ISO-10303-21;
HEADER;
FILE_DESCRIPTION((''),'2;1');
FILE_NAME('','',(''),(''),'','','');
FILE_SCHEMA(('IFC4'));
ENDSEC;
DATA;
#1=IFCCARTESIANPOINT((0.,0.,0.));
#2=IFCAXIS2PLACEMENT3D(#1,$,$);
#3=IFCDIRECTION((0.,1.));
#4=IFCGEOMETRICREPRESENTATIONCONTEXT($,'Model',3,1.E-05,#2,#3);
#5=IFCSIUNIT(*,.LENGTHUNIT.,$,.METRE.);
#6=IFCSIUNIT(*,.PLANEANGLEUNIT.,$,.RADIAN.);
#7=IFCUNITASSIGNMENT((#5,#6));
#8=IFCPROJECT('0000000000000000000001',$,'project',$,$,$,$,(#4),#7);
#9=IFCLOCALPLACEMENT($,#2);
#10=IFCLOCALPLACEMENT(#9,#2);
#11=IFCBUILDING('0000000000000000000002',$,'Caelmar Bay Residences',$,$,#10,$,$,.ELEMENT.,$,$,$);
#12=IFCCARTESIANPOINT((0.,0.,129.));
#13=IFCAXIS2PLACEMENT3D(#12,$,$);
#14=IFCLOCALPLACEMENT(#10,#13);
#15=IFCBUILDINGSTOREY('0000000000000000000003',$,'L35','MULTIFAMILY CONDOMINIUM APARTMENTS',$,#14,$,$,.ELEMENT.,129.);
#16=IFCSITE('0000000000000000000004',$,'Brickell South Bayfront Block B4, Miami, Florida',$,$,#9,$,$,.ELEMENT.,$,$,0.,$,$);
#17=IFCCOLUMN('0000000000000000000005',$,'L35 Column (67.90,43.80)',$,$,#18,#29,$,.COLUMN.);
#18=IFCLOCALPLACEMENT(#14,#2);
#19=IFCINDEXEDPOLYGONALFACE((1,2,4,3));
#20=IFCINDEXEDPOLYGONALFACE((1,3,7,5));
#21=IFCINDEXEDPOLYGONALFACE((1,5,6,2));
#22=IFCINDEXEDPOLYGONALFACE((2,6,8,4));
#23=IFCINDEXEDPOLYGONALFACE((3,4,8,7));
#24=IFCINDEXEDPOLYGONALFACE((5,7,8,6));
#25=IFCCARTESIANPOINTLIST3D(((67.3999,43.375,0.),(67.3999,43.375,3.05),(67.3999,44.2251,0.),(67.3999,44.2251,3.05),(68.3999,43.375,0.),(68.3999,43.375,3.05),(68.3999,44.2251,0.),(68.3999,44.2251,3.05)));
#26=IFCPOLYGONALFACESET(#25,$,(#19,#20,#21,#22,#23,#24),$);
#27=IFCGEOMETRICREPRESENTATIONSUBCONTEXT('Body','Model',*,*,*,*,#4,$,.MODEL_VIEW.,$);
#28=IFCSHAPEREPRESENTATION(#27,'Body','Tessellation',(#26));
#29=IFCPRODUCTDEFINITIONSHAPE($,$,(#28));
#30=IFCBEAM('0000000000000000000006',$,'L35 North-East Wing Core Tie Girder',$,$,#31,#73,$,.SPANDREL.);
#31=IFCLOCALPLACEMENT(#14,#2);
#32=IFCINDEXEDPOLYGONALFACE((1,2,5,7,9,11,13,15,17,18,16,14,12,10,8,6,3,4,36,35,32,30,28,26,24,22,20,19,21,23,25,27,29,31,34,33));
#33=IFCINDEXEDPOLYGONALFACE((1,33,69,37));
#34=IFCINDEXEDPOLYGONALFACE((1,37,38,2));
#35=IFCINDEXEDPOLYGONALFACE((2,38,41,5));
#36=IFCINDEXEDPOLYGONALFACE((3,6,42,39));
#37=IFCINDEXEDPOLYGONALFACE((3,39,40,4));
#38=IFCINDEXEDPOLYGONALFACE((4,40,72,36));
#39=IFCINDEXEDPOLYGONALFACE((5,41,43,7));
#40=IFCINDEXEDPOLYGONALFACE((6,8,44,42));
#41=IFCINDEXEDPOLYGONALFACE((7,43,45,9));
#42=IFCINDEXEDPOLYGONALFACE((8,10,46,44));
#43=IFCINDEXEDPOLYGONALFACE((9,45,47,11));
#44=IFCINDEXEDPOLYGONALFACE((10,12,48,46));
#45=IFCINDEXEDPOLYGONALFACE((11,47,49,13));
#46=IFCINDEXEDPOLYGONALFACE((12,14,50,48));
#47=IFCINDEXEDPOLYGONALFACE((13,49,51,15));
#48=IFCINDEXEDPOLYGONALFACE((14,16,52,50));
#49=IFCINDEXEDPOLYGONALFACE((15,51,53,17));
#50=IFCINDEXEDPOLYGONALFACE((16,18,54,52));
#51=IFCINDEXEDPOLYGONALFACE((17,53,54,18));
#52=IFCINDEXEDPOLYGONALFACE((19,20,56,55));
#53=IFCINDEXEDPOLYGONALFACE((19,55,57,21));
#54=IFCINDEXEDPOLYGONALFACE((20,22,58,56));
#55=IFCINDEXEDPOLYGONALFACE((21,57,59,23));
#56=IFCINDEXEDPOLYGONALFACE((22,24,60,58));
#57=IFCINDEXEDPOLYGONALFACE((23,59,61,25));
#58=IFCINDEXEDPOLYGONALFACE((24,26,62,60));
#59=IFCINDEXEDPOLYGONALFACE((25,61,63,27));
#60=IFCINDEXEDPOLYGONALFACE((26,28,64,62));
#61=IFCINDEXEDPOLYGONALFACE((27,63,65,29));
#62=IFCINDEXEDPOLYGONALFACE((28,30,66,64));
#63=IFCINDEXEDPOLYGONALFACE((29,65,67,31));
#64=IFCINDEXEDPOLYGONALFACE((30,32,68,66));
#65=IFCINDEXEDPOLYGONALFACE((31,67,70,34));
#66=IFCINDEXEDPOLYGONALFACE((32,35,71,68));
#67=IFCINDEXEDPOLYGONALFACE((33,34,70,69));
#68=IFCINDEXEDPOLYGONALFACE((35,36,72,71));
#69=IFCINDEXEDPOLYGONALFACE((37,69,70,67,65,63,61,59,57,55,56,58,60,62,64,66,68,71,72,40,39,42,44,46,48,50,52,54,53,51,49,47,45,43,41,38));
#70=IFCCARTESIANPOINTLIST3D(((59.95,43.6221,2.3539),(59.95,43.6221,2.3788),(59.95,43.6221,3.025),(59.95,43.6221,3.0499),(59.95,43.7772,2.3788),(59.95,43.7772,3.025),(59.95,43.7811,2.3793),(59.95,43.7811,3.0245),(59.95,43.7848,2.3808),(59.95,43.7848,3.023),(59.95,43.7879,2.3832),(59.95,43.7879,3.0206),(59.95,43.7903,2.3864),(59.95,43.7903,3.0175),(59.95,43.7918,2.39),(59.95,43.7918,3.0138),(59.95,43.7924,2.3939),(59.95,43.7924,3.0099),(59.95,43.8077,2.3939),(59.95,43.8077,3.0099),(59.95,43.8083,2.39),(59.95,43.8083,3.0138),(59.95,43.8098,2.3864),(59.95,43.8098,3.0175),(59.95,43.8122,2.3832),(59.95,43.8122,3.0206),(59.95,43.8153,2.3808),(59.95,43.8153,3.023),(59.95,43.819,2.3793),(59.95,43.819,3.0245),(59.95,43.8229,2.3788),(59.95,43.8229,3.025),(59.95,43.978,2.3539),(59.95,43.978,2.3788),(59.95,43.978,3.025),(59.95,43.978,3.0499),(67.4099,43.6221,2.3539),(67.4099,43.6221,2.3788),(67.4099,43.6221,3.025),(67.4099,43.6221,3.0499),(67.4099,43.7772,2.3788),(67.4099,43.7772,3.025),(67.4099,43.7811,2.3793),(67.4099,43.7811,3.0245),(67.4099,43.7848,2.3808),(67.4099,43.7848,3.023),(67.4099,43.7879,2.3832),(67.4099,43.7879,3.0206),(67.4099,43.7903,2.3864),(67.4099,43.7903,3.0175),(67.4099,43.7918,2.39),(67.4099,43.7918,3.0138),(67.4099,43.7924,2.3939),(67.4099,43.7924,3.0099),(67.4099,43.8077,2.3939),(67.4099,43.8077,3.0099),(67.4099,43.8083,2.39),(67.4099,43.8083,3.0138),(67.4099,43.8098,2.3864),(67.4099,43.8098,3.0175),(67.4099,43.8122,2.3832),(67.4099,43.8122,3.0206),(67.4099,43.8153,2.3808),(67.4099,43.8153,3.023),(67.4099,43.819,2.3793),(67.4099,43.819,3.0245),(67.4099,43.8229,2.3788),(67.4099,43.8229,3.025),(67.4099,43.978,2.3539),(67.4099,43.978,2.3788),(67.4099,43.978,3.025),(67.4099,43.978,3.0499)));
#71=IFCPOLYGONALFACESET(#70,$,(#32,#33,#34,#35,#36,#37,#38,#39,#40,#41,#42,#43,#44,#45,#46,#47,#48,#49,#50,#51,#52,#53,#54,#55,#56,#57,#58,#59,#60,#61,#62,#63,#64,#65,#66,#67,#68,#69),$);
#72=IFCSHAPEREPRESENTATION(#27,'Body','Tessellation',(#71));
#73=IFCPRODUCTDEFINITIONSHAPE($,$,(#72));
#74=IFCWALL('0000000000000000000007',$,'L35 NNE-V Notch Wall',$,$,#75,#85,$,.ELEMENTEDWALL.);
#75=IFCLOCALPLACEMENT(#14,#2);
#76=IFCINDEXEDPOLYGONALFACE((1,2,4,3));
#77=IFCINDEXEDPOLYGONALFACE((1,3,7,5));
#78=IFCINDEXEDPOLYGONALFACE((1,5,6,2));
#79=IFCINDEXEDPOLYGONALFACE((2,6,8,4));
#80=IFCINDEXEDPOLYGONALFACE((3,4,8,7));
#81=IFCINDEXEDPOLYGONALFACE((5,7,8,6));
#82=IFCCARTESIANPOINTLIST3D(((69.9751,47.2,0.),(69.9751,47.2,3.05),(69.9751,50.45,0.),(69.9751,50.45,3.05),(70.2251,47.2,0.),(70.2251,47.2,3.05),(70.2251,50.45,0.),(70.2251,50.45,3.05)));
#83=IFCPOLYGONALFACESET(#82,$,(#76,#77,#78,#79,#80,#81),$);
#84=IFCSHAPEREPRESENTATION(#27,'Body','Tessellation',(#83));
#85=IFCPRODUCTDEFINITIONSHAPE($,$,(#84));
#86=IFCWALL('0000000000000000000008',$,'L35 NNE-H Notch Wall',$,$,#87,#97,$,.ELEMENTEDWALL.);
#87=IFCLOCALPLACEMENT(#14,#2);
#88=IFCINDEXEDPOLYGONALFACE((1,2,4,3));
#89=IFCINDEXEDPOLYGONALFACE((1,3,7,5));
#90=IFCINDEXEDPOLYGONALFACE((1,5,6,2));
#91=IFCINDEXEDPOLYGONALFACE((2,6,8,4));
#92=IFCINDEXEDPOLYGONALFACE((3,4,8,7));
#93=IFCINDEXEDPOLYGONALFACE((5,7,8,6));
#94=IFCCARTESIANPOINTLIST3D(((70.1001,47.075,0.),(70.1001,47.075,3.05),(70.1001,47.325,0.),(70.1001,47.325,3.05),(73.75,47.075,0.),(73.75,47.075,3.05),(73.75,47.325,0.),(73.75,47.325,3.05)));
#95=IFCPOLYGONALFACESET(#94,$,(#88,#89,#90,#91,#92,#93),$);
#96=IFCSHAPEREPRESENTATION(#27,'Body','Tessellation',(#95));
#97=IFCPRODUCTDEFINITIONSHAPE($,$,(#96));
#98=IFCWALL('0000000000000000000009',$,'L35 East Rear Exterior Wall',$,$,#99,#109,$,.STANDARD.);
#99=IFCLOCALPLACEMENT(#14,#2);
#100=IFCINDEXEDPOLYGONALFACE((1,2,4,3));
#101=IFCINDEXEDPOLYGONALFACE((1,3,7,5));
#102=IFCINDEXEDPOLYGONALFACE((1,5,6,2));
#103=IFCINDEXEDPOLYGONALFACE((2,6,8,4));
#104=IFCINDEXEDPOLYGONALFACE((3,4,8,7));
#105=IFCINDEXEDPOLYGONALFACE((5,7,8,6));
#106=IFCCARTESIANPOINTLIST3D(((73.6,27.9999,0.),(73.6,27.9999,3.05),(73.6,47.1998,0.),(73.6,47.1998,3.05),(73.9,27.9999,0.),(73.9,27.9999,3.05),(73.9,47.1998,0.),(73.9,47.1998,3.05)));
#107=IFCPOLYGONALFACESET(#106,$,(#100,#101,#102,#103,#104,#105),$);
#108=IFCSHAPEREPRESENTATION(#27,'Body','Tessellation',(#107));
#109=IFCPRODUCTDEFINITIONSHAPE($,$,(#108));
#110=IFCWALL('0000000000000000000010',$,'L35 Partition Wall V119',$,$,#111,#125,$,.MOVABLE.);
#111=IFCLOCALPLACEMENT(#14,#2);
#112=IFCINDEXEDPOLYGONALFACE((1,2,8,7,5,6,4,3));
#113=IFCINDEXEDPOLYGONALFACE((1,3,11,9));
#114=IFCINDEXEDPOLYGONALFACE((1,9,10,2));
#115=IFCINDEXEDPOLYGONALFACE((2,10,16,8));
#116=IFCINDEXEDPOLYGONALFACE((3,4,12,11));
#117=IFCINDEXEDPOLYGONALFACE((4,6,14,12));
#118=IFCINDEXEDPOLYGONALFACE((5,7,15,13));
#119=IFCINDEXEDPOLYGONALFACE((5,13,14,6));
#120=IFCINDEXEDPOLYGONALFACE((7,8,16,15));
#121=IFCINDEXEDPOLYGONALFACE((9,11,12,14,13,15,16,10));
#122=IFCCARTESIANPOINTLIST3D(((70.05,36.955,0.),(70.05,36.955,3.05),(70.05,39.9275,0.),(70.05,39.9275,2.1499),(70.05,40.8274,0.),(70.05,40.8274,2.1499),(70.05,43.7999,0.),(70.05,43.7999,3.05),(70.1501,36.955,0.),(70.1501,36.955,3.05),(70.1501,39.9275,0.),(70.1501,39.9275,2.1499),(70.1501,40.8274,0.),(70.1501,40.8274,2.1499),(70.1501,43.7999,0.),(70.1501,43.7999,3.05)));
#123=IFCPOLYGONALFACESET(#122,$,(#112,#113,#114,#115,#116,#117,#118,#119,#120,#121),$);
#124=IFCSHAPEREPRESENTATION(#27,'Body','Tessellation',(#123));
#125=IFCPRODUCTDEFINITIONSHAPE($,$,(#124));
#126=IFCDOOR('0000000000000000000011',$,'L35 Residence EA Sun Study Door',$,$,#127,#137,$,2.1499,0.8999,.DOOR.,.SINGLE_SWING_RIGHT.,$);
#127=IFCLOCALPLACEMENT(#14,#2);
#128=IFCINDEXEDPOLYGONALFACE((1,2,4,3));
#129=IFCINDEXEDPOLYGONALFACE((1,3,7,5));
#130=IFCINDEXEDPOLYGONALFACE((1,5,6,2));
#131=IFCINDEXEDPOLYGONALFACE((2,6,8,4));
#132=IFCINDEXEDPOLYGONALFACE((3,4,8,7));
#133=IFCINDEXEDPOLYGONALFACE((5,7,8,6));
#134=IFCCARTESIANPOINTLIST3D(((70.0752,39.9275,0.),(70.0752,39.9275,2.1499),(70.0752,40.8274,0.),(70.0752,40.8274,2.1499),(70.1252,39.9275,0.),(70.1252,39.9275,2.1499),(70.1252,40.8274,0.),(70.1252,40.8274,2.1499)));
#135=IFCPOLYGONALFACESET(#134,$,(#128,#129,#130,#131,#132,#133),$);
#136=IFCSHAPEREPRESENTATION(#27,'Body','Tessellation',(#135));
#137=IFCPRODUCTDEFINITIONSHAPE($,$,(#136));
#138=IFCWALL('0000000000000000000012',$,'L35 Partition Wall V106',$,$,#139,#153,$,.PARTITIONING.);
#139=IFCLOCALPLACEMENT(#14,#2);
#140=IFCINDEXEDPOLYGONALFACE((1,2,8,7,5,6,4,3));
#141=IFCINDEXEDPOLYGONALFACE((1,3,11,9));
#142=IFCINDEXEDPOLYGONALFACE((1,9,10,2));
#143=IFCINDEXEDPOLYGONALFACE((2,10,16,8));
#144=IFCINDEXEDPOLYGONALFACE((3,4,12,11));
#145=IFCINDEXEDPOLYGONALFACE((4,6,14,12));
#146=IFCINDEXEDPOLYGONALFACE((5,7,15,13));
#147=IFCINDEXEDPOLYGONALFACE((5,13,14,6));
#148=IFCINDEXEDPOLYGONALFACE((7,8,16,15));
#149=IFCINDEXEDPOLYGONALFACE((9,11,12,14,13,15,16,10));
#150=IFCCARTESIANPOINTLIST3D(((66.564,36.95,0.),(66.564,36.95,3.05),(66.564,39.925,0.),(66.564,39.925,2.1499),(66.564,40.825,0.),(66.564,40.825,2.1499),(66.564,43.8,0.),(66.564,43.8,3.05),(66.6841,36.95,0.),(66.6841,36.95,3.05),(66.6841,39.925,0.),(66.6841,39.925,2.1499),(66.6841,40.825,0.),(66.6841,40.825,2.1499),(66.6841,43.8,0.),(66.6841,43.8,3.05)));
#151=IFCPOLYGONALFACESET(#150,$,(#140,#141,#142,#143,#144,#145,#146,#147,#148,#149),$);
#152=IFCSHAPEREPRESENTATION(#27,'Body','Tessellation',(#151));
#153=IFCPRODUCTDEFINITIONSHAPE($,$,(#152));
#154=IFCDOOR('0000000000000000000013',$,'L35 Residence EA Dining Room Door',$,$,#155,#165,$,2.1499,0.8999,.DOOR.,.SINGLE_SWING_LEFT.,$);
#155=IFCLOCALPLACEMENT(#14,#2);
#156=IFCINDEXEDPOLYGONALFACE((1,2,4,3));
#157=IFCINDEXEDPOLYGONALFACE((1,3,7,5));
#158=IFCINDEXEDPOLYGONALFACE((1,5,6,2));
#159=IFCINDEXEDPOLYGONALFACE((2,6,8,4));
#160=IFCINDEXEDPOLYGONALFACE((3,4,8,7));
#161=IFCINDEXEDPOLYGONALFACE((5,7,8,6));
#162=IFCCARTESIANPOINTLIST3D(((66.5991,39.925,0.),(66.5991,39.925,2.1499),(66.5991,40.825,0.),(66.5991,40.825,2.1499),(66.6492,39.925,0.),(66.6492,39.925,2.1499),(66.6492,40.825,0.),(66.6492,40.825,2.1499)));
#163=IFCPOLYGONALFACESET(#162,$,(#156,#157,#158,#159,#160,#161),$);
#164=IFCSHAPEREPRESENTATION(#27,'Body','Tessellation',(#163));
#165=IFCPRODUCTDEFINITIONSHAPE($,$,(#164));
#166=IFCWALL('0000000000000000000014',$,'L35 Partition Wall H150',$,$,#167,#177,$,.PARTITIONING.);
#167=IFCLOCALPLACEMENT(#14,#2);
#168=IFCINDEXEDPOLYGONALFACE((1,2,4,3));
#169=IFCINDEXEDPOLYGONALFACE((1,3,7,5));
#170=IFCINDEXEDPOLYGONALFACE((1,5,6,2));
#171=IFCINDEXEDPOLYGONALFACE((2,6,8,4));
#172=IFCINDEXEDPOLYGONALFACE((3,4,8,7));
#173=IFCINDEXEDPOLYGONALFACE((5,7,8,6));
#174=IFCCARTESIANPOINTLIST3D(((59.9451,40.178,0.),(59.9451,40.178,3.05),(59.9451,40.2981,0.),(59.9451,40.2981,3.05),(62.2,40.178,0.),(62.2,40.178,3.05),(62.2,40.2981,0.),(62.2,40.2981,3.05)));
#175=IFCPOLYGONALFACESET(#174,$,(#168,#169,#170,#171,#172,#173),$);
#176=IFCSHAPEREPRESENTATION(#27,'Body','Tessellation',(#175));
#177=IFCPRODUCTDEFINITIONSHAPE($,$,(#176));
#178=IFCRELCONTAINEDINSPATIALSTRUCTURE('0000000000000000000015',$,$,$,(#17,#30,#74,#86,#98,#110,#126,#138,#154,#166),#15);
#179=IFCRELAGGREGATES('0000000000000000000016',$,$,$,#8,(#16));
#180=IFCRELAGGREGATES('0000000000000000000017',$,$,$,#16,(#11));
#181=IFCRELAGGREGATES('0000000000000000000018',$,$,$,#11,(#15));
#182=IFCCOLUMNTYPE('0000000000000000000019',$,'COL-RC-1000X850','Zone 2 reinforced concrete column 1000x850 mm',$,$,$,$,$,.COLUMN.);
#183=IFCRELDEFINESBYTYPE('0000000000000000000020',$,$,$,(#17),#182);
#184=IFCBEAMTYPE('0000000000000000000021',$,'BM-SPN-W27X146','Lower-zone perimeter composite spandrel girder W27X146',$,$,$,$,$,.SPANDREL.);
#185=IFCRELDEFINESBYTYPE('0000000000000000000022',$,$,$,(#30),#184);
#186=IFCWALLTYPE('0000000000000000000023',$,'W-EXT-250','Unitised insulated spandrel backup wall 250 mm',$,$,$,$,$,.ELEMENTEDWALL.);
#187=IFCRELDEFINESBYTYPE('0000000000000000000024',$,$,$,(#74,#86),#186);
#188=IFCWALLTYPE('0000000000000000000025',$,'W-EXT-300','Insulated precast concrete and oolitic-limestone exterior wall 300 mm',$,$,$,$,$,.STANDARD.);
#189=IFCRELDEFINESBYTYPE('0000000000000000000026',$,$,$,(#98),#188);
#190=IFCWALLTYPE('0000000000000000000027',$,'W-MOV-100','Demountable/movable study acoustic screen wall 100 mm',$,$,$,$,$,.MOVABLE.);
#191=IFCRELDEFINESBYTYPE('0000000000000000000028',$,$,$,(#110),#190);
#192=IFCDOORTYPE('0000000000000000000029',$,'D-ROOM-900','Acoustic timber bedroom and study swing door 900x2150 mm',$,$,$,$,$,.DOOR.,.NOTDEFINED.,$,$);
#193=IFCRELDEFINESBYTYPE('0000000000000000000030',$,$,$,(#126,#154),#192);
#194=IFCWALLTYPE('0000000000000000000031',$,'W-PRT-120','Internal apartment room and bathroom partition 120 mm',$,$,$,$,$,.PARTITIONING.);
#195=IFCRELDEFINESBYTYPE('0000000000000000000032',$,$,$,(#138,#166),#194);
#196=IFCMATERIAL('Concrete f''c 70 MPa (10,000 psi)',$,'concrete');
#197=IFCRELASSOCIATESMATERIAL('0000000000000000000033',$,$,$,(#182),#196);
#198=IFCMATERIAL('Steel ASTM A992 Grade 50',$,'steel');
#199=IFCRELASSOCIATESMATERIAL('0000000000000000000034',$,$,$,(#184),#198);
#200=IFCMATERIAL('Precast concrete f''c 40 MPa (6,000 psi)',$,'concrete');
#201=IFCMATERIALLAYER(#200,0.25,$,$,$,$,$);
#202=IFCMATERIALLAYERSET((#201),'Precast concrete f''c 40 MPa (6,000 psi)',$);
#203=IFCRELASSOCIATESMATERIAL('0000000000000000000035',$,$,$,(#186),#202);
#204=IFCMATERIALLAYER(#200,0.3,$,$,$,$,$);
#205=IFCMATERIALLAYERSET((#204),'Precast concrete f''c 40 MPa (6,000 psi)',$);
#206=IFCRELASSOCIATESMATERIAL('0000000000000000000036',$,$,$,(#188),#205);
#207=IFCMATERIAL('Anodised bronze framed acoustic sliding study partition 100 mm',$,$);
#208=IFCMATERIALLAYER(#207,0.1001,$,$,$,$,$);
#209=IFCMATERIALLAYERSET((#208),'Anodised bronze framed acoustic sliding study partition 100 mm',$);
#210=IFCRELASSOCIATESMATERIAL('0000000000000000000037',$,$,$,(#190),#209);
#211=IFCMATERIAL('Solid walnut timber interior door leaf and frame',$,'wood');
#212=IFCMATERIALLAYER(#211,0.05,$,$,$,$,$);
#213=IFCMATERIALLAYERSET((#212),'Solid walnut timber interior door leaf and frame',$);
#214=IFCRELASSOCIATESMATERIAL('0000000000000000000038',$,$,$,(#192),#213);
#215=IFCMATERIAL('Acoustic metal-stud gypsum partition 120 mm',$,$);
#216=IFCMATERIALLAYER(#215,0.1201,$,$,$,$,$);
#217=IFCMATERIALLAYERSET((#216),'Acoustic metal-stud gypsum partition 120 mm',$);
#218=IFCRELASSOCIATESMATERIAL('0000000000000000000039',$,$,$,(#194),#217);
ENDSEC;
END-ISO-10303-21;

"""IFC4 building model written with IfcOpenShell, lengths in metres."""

from ifc_helpers import new_model, si_unit, direction, frame, frame_2d, origin, origin_2d, place, context, subcontext, project, spatial, rectangle, i_section, extrude, material, layer, layer_set, material_profile, profile_set, type_object, element, fill, save


model = new_model("IFC4")

# Units and contexts
model_context = context("Model", 3, precision=1e-05, world=origin(), true_north=direction((0.0, 1.0)))
body_context = subcontext(model_context, "Body", "Model", "MODEL_VIEW")
ifc_project = project(units=[si_unit("LENGTHUNIT", "METRE"), si_unit("PLANEANGLEUNIT", "RADIAN")], contexts=[model_context])

# Site, building, storey
site_placement = place(None, origin())
site = spatial("IfcSite", under=ifc_project, at=site_placement, Name="Brickell South Bayfront Block B4, Miami, Florida", CompositionType="ELEMENT", RefElevation=0.0)
building_placement = place(site_placement, origin())
building = spatial("IfcBuilding", under=site, at=building_placement, Name="Caelmar Bay Residences", CompositionType="ELEMENT")
storey_placement = place(building_placement, frame((0.0, 0.0, 129.0)))
storey = spatial("IfcBuildingStorey", under=building, at=storey_placement, Name="L35", Description="MULTIFAMILY CONDOMINIUM APARTMENTS", CompositionType="ELEMENT", Elevation=129.0)

# Column
ifc_material_1 = material(Name="Concrete f'c 70 MPa (10,000 psi)", Category="concrete")
ifc_material_profile_1 = material_profile(ifc_material_1, rectangle(XDim=1.0, YDim=0.8501, at=origin_2d()), Name="RC-COL-1000X850")
ifc_profile_set_1 = profile_set([ifc_material_profile_1], Name="Concrete f'c 70 MPa (10,000 psi)")
column_type = type_object("IfcColumnType", Name="COL-RC-1000X850", Description="Zone 2 reinforced concrete column 1000x850 mm", PredefinedType="COLUMN", material=ifc_profile_set_1)
column_placement = place(storey_placement, frame((67.8999, 43.8, 0.0), z_axis=(0.0, 0.0, 1.0), x_axis=(1.0, 0.0, 0.0)))
element("IfcColumn", 1, at=column_placement, inside=storey, type_object=column_type, Name="L35 Column (67.90,43.80)", PredefinedType="COLUMN", context=body_context, shape_type="SweptSolid", body=[
    extrude(rectangle(XDim=1.0, YDim=0.8501, at=origin_2d()), origin(), (0.0, 0.0, 1.0), 3.05),
])

# Beam
ifc_material_2 = material(Name="Steel ASTM A992 Grade 50", Category="steel")
ifc_material_profile_2 = material_profile(ifc_material_2, i_section(OverallWidth=0.356, OverallDepth=0.696, WebThickness=0.0154, FlangeThickness=0.0249, FilletRadius=0.0151, at=origin_2d()), Name="W27X146")
ifc_profile_set_2 = profile_set([ifc_material_profile_2], Name="Steel ASTM A992 Grade 50")
beam_type = type_object("IfcBeamType", Name="BM-SPN-W27X146", Description="Lower-zone perimeter composite spandrel girder W27X146", PredefinedType="SPANDREL", material=ifc_profile_set_2)
beam_placement = place(storey_placement, frame((59.95, 43.8, 2.7019), z_axis=(1.0, 0.0, 0.0), x_axis=(0.0, 1.0, 0.0)))
element("IfcBeam", 2, at=beam_placement, inside=storey, type_object=beam_type, Name="L35 North-East Wing Core Tie Girder", PredefinedType="SPANDREL", context=body_context, shape_type="SweptSolid", body=[
    extrude(i_section(OverallWidth=0.356, OverallDepth=0.696, WebThickness=0.0154, FlangeThickness=0.0249, FilletRadius=0.0151, at=origin_2d()), origin(), (0.0, 0.0, 1.0), 7.46),
])

# Walls
ifc_material_3 = material(Name="Precast concrete f'c 40 MPa (6,000 psi)", Category="concrete")
ifc_layer_1 = layer(ifc_material_3, 0.25)
ifc_layer_set_1 = layer_set([ifc_layer_1], Name="Precast concrete f'c 40 MPa (6,000 psi)")
wall_type_1 = type_object("IfcWallType", Name="W-EXT-250", Description="Unitised insulated spandrel backup wall 250 mm", PredefinedType="ELEMENTEDWALL", material=ifc_layer_set_1)
wall_1_placement = place(storey_placement, frame((70.1001, 50.45, 0.0), z_axis=(0.0, 0.0, 1.0), x_axis=(0.0, -1.0, 0.0)))
element("IfcWall", 3, at=wall_1_placement, inside=storey, type_object=wall_type_1, Name="L35 NNE-V Notch Wall", PredefinedType="ELEMENTEDWALL", context=body_context, shape_type="SweptSolid", body=[
    extrude(rectangle(XDim=3.25, YDim=0.25, at=frame_2d((1.625, 0.0))), origin(), (0.0, 0.0, 1.0), 3.05),
])
wall_2_placement = place(storey_placement, frame((70.1001, 47.2, 0.0), z_axis=(0.0, 0.0, 1.0), x_axis=(1.0, 0.0, 0.0)))
element("IfcWall", 4, at=wall_2_placement, inside=storey, type_object=wall_type_1, Name="L35 NNE-H Notch Wall", PredefinedType="ELEMENTEDWALL", context=body_context, shape_type="SweptSolid", body=[
    extrude(rectangle(XDim=3.6499, YDim=0.25, at=frame_2d((1.825, 0.0))), origin(), (0.0, 0.0, 1.0), 3.05),
])
ifc_layer_2 = layer(ifc_material_3, 0.3)
ifc_layer_set_2 = layer_set([ifc_layer_2], Name="Precast concrete f'c 40 MPa (6,000 psi)")
wall_type_2 = type_object("IfcWallType", Name="W-EXT-300", Description="Insulated precast concrete and oolitic-limestone exterior wall 300 mm", PredefinedType="STANDARD", material=ifc_layer_set_2)
wall_3_placement = place(storey_placement, frame((73.75, 47.2, 0.0), z_axis=(0.0, 0.0, 1.0), x_axis=(0.0, -1.0, 0.0)))
element("IfcWall", 5, at=wall_3_placement, inside=storey, type_object=wall_type_2, Name="L35 East Rear Exterior Wall", PredefinedType="STANDARD", context=body_context, shape_type="SweptSolid", body=[
    extrude(rectangle(XDim=19.2, YDim=0.3, at=frame_2d((9.6001, 0.0))), origin(), (0.0, 0.0, 1.0), 3.05),
])

# Walls, openings, doors
ifc_material_4 = material(Name="Anodised bronze framed acoustic sliding study partition 100 mm")
ifc_layer_3 = layer(ifc_material_4, 0.1001)
ifc_layer_set_3 = layer_set([ifc_layer_3], Name="Anodised bronze framed acoustic sliding study partition 100 mm")
wall_type_3 = type_object("IfcWallType", Name="W-MOV-100", Description="Demountable/movable study acoustic screen wall 100 mm", PredefinedType="MOVABLE", material=ifc_layer_set_3)
wall_4_placement = place(storey_placement, frame((70.1001, 36.9551, 0.0), z_axis=(0.0, 0.0, 1.0), x_axis=(0.0, 1.0, 0.0)))
wall_4 = element("IfcWall", 6, at=wall_4_placement, inside=storey, type_object=wall_type_3, Name="L35 Partition Wall V119", PredefinedType="MOVABLE", context=body_context, shape_type="SweptSolid", body=[
    extrude(rectangle(XDim=6.845, YDim=0.1001, at=frame_2d((3.4224, 0.0))), origin(), (0.0, 0.0, 1.0), 3.05),
])
opening_1_placement = place(wall_4_placement, frame((2.9724, 0.0, 0.0)))
opening_1 = element("IfcOpeningElement", 7, at=opening_1_placement, cuts=wall_4, PredefinedType="OPENING", context=body_context, shape_type="SweptSolid", body=[
    extrude(rectangle(XDim=0.8999, YDim=2.1499, at=frame_2d((0.45, 1.075))), frame((0.0, 0.0601, 0.0), z_axis=(0.0, -1.0, 0.0), x_axis=(1.0, 0.0, 0.0)), (0.0, 0.0, 1.0), 0.1201),
])
ifc_material_5 = material(Name="Solid walnut timber interior door leaf and frame", Category="wood")
ifc_layer_4 = layer(ifc_material_5, 0.05)
ifc_layer_set_4 = layer_set([ifc_layer_4], Name="Solid walnut timber interior door leaf and frame")
door_type_1 = type_object("IfcDoorType", Name="D-ROOM-900", Description="Acoustic timber bedroom and study swing door 900x2150 mm", OperationType="NOTDEFINED", PredefinedType="DOOR", material=ifc_layer_set_4)
door_1_placement = place(opening_1_placement, origin())
door_1 = element("IfcDoor", 8, at=door_1_placement, inside=storey, type_object=door_type_1, Name="L35 Residence EA Sun Study Door", OperationType="SINGLE_SWING_RIGHT", OverallHeight=2.1499, OverallWidth=0.8999, PredefinedType="DOOR", context=body_context, shape_type="SweptSolid", body=[
    extrude(rectangle(XDim=0.8999, YDim=2.1499, at=frame_2d((0.45, 1.075))), frame((0.0, 0.0249, 0.0), z_axis=(0.0, -1.0, 0.0), x_axis=(1.0, 0.0, 0.0)), (0.0, 0.0, 1.0), 0.05),
])
fill(opening_1, door_1)
ifc_material_6 = material(Name="Acoustic metal-stud gypsum partition 120 mm")
ifc_layer_5 = layer(ifc_material_6, 0.1201)
ifc_layer_set_5 = layer_set([ifc_layer_5], Name="Acoustic metal-stud gypsum partition 120 mm")
wall_type_4 = type_object("IfcWallType", Name="W-PRT-120", Description="Internal apartment room and bathroom partition 120 mm", PredefinedType="PARTITIONING", material=ifc_layer_set_5)
wall_5_placement = place(storey_placement, frame((66.624, 36.95, 0.0), z_axis=(0.0, 0.0, 1.0), x_axis=(0.0, 1.0, 0.0)))
wall_5 = element("IfcWall", 9, at=wall_5_placement, inside=storey, type_object=wall_type_4, Name="L35 Partition Wall V106", PredefinedType="PARTITIONING", context=body_context, shape_type="SweptSolid", body=[
    extrude(rectangle(XDim=6.8501, YDim=0.1201, at=frame_2d((3.425, 0.0))), origin(), (0.0, 0.0, 1.0), 3.05),
])
opening_2_placement = place(wall_5_placement, frame((2.9751, 0.0, 0.0)))
opening_2 = element("IfcOpeningElement", 10, at=opening_2_placement, cuts=wall_5, PredefinedType="OPENING", context=body_context, shape_type="SweptSolid", body=[
    extrude(rectangle(XDim=0.8999, YDim=2.1499, at=frame_2d((0.45, 1.075))), frame((0.0, 0.0701, 0.0), z_axis=(0.0, -1.0, 0.0), x_axis=(1.0, 0.0, 0.0)), (0.0, 0.0, 1.0), 0.1401),
])
door_2_placement = place(opening_2_placement, origin())
door_2 = element("IfcDoor", 11, at=door_2_placement, inside=storey, type_object=door_type_1, Name="L35 Residence EA Dining Room Door", OperationType="SINGLE_SWING_LEFT", OverallHeight=2.1499, OverallWidth=0.8999, PredefinedType="DOOR", context=body_context, shape_type="SweptSolid", body=[
    extrude(rectangle(XDim=0.8999, YDim=2.1499, at=frame_2d((0.45, 1.075))), frame((0.0, 0.0249, 0.0), z_axis=(0.0, -1.0, 0.0), x_axis=(1.0, 0.0, 0.0)), (0.0, 0.0, 1.0), 0.05),
])
fill(opening_2, door_2)

# Wall
wall_6_placement = place(storey_placement, frame((59.9451, 40.238, 0.0), z_axis=(0.0, 0.0, 1.0), x_axis=(1.0, 0.0, 0.0)))
element("IfcWall", 12, at=wall_6_placement, inside=storey, type_object=wall_type_4, Name="L35 Partition Wall H150", PredefinedType="PARTITIONING", context=body_context, shape_type="SweptSolid", body=[
    extrude(rectangle(XDim=2.2549, YDim=0.1201, at=frame_2d((1.1274, 0.0))), origin(), (0.0, 0.0, 1.0), 3.05),
])

save(model, "model.ifc")
